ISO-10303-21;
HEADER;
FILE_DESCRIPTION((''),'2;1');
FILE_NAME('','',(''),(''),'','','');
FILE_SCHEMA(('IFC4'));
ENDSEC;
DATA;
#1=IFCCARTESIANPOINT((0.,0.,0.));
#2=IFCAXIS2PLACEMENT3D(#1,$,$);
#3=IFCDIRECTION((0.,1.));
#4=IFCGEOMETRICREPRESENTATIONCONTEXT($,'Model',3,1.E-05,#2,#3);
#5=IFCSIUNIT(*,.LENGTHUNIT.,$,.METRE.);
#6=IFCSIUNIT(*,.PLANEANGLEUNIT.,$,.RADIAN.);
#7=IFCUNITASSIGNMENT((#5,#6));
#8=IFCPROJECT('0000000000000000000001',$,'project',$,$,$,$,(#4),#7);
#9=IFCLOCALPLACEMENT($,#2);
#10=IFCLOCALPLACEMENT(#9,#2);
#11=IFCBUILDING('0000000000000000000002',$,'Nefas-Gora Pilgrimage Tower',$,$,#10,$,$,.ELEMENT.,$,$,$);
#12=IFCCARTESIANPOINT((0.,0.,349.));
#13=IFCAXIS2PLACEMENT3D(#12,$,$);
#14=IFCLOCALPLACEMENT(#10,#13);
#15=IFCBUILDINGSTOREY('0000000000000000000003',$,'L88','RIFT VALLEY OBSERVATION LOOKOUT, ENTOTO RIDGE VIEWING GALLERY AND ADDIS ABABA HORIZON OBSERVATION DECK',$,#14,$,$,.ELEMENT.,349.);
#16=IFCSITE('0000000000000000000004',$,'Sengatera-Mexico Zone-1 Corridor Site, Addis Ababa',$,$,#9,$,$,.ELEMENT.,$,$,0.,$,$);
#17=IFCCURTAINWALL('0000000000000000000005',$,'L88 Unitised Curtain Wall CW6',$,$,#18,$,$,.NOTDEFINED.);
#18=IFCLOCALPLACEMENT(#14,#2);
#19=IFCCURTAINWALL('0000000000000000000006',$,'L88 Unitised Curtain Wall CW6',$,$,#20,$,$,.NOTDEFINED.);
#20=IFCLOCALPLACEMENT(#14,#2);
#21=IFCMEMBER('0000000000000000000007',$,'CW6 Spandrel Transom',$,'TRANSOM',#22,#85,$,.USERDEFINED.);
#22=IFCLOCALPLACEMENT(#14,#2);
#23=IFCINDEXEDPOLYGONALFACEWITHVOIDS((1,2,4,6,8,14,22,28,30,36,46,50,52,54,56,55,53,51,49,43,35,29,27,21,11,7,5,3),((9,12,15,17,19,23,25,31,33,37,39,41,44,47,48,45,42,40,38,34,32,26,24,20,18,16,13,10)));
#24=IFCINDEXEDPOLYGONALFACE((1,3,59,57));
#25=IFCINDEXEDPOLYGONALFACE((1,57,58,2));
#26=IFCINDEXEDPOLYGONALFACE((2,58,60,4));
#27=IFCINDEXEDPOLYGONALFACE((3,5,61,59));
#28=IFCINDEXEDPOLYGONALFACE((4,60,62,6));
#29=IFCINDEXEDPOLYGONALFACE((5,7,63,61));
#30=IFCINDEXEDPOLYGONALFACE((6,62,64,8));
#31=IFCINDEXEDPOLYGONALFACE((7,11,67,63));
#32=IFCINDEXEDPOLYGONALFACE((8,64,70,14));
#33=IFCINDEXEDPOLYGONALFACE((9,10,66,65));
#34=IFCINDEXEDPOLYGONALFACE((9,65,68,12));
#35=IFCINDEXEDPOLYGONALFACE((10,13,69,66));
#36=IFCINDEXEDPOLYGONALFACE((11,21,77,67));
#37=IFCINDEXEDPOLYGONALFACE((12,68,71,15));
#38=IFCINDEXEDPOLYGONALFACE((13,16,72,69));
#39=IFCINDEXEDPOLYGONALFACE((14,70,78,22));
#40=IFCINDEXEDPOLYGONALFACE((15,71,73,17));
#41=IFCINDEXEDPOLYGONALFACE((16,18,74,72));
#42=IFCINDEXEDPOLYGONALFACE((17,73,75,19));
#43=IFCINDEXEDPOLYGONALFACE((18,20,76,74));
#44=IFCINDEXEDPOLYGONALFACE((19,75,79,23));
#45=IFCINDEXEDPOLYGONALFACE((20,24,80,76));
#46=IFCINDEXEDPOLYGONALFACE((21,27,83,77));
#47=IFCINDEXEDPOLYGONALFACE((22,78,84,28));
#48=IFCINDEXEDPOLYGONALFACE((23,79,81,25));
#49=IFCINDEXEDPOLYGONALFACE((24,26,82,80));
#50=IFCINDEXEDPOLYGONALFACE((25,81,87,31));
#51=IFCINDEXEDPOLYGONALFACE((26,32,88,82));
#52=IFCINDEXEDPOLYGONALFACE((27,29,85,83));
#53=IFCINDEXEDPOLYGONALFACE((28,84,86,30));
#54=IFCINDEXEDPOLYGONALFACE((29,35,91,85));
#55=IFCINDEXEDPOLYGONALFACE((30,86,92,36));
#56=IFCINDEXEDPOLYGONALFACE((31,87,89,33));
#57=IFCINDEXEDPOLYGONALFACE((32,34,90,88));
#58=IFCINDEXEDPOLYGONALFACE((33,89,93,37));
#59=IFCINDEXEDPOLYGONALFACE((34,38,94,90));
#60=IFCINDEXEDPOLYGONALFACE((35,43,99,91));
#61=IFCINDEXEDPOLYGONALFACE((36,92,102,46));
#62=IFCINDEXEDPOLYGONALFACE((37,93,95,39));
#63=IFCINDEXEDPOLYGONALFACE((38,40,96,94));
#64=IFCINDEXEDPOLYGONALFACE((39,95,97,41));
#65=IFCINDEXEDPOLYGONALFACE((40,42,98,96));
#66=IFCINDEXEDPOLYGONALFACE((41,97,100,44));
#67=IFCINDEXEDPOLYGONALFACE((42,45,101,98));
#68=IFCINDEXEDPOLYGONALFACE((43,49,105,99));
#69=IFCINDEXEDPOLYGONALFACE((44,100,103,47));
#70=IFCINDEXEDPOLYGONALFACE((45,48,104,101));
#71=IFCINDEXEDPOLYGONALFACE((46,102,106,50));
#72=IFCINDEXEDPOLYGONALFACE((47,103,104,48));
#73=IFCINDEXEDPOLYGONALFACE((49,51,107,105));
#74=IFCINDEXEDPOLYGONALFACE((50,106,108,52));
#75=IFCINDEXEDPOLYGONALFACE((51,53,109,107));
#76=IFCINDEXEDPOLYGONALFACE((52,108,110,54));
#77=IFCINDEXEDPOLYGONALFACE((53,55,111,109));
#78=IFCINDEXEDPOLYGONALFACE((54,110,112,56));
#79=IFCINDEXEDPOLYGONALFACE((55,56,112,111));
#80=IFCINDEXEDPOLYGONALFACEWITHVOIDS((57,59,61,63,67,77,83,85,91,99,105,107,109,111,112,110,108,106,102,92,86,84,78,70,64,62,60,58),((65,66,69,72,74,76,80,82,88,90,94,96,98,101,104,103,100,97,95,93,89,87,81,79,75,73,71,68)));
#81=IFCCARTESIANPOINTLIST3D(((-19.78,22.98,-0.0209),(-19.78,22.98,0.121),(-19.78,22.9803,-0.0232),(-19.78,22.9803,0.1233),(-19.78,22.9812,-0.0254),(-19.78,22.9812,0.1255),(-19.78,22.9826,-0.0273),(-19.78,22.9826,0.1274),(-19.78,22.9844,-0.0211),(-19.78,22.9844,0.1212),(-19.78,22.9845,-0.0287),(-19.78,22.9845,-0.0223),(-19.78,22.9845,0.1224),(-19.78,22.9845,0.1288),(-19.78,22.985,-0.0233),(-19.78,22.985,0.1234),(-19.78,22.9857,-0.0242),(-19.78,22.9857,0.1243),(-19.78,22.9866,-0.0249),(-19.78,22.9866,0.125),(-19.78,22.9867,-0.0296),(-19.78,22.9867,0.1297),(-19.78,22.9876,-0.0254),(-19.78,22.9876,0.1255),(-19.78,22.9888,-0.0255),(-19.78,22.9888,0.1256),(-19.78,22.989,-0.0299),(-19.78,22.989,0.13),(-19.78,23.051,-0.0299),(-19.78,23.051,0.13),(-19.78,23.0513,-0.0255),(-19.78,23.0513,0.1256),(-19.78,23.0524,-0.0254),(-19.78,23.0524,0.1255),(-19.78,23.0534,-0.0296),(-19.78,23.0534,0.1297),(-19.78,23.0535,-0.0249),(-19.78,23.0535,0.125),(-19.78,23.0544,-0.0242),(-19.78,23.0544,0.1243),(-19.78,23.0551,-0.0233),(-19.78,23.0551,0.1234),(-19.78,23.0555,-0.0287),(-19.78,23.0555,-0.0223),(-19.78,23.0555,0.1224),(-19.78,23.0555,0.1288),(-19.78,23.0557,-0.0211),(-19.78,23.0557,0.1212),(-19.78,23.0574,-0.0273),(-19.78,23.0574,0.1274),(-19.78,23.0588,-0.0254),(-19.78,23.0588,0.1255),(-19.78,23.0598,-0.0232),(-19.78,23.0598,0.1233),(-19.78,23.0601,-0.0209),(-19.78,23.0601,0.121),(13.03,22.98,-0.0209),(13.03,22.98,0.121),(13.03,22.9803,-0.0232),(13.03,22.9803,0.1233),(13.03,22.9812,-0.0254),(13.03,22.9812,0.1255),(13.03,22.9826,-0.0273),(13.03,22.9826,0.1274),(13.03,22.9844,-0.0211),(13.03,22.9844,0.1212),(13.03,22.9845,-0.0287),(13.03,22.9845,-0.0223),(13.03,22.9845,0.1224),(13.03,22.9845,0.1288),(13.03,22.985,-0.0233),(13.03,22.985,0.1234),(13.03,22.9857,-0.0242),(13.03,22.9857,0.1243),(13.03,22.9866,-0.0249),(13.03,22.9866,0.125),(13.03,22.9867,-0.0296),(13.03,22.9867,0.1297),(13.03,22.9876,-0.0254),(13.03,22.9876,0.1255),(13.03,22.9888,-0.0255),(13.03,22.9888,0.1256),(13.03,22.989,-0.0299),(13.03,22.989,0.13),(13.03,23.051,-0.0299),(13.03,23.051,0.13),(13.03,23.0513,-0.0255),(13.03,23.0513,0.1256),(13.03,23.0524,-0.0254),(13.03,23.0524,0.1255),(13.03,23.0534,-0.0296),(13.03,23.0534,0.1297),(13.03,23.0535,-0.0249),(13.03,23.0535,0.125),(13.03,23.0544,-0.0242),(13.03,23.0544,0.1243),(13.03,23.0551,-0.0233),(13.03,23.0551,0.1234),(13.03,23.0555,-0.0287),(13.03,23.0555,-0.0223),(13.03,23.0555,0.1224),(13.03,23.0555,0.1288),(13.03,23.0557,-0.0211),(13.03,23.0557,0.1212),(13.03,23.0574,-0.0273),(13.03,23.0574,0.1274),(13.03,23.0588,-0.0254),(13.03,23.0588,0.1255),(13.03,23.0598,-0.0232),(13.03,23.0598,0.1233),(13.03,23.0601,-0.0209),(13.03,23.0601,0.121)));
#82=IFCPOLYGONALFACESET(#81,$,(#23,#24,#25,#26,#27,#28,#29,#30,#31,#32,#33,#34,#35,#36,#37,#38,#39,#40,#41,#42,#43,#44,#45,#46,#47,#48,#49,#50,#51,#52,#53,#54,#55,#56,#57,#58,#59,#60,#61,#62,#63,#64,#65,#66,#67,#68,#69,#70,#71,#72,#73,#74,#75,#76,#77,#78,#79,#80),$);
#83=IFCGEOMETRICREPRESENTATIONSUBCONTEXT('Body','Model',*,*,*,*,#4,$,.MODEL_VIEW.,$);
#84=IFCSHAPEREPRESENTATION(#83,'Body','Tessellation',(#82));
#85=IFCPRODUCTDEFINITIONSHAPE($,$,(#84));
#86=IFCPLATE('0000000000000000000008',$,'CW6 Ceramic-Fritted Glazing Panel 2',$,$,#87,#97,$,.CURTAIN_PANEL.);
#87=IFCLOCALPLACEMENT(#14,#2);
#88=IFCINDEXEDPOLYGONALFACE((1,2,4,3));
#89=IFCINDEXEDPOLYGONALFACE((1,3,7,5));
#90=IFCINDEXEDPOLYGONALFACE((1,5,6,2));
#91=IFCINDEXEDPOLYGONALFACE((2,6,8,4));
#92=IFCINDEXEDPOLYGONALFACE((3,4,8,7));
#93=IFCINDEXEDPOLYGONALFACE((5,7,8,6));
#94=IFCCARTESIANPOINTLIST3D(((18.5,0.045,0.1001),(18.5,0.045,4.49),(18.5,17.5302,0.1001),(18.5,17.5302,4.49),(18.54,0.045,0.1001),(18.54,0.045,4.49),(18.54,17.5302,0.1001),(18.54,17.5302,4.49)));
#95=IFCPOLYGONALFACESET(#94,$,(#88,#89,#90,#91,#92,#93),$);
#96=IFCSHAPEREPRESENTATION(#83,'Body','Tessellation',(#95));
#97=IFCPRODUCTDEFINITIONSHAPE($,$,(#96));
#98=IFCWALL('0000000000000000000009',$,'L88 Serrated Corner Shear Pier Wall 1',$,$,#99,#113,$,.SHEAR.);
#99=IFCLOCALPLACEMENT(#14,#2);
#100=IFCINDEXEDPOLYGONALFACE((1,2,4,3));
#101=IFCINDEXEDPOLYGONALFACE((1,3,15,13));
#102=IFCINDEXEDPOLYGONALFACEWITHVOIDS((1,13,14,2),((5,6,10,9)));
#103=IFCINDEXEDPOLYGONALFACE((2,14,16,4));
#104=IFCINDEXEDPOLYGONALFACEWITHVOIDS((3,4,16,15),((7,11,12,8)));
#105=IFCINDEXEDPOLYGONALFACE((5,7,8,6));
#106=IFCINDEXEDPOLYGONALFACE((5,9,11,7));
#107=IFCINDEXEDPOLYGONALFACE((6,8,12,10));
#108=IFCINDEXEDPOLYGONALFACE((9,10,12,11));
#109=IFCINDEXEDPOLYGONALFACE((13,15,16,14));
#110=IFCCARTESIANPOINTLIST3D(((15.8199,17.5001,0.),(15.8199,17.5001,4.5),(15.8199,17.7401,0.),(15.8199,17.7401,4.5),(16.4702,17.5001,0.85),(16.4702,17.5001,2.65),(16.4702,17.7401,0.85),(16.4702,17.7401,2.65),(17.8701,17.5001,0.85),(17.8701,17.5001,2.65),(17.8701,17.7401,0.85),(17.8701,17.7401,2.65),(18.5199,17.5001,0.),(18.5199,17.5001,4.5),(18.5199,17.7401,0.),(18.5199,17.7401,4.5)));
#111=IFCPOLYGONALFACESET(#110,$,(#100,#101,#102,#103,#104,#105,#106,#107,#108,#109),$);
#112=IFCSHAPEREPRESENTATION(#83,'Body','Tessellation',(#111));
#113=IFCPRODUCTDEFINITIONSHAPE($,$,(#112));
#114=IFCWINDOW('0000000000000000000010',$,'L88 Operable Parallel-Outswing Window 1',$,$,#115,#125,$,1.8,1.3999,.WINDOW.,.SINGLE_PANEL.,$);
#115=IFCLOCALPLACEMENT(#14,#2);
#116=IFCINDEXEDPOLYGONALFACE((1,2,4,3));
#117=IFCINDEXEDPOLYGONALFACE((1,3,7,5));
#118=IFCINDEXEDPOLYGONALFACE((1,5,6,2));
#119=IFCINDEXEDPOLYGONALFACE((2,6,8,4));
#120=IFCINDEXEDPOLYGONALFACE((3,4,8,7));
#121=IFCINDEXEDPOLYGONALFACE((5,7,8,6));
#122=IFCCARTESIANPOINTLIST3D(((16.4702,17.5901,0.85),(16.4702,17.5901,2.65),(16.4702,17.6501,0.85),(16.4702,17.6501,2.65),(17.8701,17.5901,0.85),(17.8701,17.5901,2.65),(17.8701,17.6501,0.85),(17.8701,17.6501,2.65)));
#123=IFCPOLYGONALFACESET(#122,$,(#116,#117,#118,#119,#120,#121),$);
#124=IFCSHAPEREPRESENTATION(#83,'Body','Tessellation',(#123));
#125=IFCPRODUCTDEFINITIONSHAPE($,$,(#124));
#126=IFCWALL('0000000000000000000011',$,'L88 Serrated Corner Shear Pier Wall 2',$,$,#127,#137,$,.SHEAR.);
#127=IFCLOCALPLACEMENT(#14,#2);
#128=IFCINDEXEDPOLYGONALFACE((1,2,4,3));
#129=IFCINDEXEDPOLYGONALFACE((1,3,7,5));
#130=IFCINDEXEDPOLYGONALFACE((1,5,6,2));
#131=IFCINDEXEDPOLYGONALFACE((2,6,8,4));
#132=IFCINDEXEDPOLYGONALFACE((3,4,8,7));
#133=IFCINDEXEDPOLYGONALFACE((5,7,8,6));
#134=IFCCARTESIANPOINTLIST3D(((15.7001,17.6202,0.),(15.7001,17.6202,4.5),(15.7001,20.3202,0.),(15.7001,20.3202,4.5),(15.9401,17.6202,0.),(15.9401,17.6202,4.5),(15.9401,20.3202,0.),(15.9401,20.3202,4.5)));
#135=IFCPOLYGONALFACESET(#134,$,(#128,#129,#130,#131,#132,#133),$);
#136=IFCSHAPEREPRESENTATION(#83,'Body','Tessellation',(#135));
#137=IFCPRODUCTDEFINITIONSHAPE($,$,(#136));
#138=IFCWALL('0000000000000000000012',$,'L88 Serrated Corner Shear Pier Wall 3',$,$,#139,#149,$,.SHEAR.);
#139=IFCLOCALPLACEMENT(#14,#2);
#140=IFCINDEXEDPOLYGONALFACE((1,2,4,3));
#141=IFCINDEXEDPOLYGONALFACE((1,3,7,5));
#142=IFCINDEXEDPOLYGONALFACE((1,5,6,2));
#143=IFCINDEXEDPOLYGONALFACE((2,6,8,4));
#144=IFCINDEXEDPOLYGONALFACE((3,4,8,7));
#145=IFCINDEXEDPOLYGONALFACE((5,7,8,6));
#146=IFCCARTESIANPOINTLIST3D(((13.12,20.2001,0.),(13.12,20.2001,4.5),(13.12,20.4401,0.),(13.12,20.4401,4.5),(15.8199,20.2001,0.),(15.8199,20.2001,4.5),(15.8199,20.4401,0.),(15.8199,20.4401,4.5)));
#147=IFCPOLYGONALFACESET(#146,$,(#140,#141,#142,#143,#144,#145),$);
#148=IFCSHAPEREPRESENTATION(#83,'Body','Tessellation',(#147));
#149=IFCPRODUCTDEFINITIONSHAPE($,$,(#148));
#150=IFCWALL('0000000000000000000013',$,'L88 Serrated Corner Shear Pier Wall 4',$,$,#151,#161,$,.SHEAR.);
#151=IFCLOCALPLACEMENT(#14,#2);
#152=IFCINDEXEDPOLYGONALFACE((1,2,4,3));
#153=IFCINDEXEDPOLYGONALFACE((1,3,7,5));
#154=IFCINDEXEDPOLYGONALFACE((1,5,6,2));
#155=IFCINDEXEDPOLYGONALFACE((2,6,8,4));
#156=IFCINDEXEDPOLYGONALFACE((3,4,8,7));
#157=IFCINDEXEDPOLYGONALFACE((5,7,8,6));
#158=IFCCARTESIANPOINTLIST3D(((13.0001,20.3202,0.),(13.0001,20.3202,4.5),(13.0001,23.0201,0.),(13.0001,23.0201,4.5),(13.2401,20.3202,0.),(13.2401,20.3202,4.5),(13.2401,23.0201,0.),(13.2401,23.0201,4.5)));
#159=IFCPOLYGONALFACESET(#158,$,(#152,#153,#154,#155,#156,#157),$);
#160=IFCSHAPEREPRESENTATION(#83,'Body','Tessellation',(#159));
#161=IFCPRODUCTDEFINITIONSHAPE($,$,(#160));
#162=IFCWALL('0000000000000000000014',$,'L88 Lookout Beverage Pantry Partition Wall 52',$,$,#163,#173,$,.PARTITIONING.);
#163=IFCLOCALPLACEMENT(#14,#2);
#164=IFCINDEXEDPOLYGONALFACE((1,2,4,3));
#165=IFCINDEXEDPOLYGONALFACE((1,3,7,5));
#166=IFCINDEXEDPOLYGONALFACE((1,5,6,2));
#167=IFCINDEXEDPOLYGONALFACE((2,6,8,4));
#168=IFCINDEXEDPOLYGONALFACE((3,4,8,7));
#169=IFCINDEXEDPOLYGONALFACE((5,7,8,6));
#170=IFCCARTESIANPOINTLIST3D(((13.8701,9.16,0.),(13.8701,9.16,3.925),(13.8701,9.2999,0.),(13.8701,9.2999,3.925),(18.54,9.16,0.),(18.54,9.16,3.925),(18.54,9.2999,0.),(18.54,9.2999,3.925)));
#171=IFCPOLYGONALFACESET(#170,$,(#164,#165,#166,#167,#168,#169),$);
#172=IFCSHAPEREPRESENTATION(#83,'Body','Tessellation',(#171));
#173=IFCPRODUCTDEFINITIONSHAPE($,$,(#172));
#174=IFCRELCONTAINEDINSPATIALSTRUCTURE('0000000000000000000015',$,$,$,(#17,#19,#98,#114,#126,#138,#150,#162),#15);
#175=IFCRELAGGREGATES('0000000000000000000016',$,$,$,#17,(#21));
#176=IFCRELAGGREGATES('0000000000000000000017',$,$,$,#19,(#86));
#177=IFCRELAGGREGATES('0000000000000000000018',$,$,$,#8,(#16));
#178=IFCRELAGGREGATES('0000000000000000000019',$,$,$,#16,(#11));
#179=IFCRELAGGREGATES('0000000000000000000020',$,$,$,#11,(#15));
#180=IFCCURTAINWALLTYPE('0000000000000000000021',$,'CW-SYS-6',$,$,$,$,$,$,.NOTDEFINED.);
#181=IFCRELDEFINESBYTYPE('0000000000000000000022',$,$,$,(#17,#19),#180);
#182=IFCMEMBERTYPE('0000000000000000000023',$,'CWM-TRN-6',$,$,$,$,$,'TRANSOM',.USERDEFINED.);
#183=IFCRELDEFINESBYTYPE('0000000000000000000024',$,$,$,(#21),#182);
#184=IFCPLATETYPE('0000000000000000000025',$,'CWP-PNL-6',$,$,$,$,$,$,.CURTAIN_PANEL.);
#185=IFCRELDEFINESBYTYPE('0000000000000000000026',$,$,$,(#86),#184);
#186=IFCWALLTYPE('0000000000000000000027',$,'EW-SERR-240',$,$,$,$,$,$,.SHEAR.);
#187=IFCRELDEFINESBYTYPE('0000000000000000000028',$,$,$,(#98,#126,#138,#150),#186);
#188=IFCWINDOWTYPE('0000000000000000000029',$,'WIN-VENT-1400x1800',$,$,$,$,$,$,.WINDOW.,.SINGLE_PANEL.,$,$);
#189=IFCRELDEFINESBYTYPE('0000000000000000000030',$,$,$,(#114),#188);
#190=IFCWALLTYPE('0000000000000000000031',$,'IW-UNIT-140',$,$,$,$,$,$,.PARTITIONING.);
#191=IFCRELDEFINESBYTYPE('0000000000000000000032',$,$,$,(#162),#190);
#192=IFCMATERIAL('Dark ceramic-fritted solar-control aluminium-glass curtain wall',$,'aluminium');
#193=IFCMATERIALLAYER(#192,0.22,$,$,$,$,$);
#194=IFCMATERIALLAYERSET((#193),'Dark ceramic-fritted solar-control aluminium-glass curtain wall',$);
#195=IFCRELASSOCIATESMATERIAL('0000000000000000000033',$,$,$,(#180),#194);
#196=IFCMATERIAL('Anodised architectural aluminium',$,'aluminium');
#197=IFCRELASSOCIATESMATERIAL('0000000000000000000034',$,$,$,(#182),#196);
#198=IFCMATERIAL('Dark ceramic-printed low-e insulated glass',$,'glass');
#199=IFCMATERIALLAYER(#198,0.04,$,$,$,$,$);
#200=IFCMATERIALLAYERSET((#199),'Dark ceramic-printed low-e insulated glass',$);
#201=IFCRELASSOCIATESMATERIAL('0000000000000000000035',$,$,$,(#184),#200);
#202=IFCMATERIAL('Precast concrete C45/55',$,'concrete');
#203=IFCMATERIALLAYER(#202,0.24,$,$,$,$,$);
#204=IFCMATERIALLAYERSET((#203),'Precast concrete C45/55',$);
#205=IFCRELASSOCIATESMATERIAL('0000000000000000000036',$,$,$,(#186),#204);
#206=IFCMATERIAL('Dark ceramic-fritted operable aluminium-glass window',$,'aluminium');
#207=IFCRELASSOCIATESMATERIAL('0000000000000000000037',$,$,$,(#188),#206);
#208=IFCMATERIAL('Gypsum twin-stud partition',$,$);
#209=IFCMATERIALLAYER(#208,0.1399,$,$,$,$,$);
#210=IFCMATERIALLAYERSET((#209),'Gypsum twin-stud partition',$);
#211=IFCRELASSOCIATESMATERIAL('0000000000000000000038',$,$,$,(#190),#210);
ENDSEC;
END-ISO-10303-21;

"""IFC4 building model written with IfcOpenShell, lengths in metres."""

from ifc_helpers import new_model, si_unit, direction, frame, frame_2d, origin, origin_2d, place, context, subcontext, project, spatial, rectangle, hollow_rectangle, extrude, source, transform, mapped, material, layer, layer_set, material_profile, profile_set, type_object, element, fill, aggregate, save


model = new_model("IFC4")

# Units and contexts
model_context = context("Model", 3, precision=1e-05, world=origin(), true_north=direction((0.0, 1.0)))
body_context = subcontext(model_context, "Body", "Model", "MODEL_VIEW")
ifc_project = project(units=[si_unit("LENGTHUNIT", "METRE"), si_unit("PLANEANGLEUNIT", "RADIAN")], contexts=[model_context])

# Site, building, storey
site_placement = place(None, origin())
site = spatial("IfcSite", under=ifc_project, at=site_placement, Name="Sengatera-Mexico Zone-1 Corridor Site, Addis Ababa", CompositionType="ELEMENT", RefElevation=0.0)
building_placement = place(site_placement, origin())
building = spatial("IfcBuilding", under=site, at=building_placement, Name="Nefas-Gora Pilgrimage Tower", CompositionType="ELEMENT")
storey_placement = place(building_placement, frame((0.0, 0.0, 349.0)))
storey = spatial("IfcBuildingStorey", under=building, at=storey_placement, Name="L88", Description="RIFT VALLEY OBSERVATION LOOKOUT, ENTOTO RIDGE VIEWING GALLERY AND ADDIS ABABA HORIZON OBSERVATION DECK", CompositionType="ELEMENT", Elevation=349.0)

# Curtain walls
ifc_material_1 = material(Name="Dark ceramic-fritted solar-control aluminium-glass curtain wall", Category="aluminium")
ifc_layer_1 = layer(ifc_material_1, 0.22)
ifc_layer_set_1 = layer_set([ifc_layer_1], Name="Dark ceramic-fritted solar-control aluminium-glass curtain wall")
curtain_wall_type = type_object("IfcCurtainWallType", Name="CW-SYS-6", PredefinedType="NOTDEFINED", material=ifc_layer_set_1)
curtain_wall_1_placement = place(storey_placement, origin())
curtain_wall_1 = element("IfcCurtainWall", 1, at=curtain_wall_1_placement, inside=storey, type_object=curtain_wall_type, Name="L88 Unitised Curtain Wall CW6", PredefinedType="NOTDEFINED")
ifc_material_2 = material(Name="Anodised architectural aluminium", Category="aluminium")
curtain_wall_2_placement = place(storey_placement, origin())
curtain_wall_2 = element("IfcCurtainWall", 2, at=curtain_wall_2_placement, inside=storey, type_object=curtain_wall_type, Name="L88 Unitised Curtain Wall CW6", PredefinedType="NOTDEFINED")

# Member
ifc_material_profile_1 = material_profile(ifc_material_2, hollow_rectangle(XDim=0.0801, YDim=0.1599, WallThickness=0.0044, InnerFilletRadius=0.0044, OuterFilletRadius=0.009, at=origin_2d()), Name="ALU TRANSOM 80x160")
ifc_profile_set_1 = profile_set([ifc_material_profile_1], Name="Anodised architectural aluminium")
member_type_1 = type_object("IfcMemberType", Name="CWM-TRN-6", ElementType="TRANSOM", PredefinedType="USERDEFINED", material=ifc_profile_set_1)
shared_shape_1 = source(origin(), body_context, "Body", "SweptSolid", [
    extrude(hollow_rectangle(XDim=0.0801, YDim=0.1599, WallThickness=0.0044, InnerFilletRadius=0.0044, OuterFilletRadius=0.009, at=origin_2d()), origin(), (0.0, 0.0, 1.0), 32.8101),
])
member_1_placement = place(storey_placement, frame((13.03, 23.02, 0.05), z_axis=(-1.0, 0.0, 0.0), x_axis=(0.0, -1.0, 0.0)))
member_1 = element("IfcMember", 3, at=member_1_placement, type_object=member_type_1, Name="CW6 Spandrel Transom", ObjectType="TRANSOM", PredefinedType="USERDEFINED", context=body_context, shape_type="MappedRepresentation", body=[
    mapped(shared_shape_1, transform((0.0, 0.0, 0.0), x_axis=(1.0, 0.0, 0.0), y_axis=(0.0, 1.0, 0.0), z_axis=(0.0, 0.0, 1.0), scale=1.0)),
])
aggregate(curtain_wall_1, [member_1])

# Plate
ifc_material_3 = material(Name="Dark ceramic-printed low-e insulated glass", Category="glass")
ifc_layer_2 = layer(ifc_material_3, 0.04)
ifc_layer_set_2 = layer_set([ifc_layer_2], Name="Dark ceramic-printed low-e insulated glass")
plate_type = type_object("IfcPlateType", Name="CWP-PNL-6", PredefinedType="CURTAIN_PANEL", material=ifc_layer_set_2)
shared_shape_2 = source(origin(), body_context, "Body", "SweptSolid", [
    extrude(rectangle(XDim=17.4851, YDim=0.04, at=origin_2d()), origin(), (0.0, 0.0, 1.0), 4.3899),
])
plate_placement = place(storey_placement, frame((18.52, 8.7876, 0.1001), z_axis=(0.0, 0.0, 1.0), x_axis=(0.0, 1.0, 0.0)))
plate = element("IfcPlate", 4, at=plate_placement, type_object=plate_type, Name="CW6 Ceramic-Fritted Glazing Panel 2", PredefinedType="CURTAIN_PANEL", context=body_context, shape_type="MappedRepresentation", body=[
    mapped(shared_shape_2, transform((0.0, 0.0, 0.0), x_axis=(1.0, 0.0, 0.0), y_axis=(0.0, 1.0, 0.0), z_axis=(0.0, 0.0, 1.0), scale=1.0)),
])
aggregate(curtain_wall_2, [plate])

# Wall, opening, window
ifc_material_4 = material(Name="Precast concrete C45/55", Category="concrete")
ifc_layer_3 = layer(ifc_material_4, 0.24)
ifc_layer_set_3 = layer_set([ifc_layer_3], Name="Precast concrete C45/55")
wall_type_1 = type_object("IfcWallType", Name="EW-SERR-240", PredefinedType="SHEAR", material=ifc_layer_set_3)
shared_shape_3 = source(origin(), body_context, "Body", "SweptSolid", [
    extrude(rectangle(XDim=2.7, YDim=0.24, at=frame_2d((1.3501, 0.0))), origin(), (0.0, 0.0, 1.0), 4.5),
])
wall_1_placement = place(storey_placement, frame((18.52, 17.6201, 0.0), z_axis=(0.0, 0.0, 1.0), x_axis=(-1.0, 0.0, 0.0)))
wall_1 = element("IfcWall", 5, at=wall_1_placement, inside=storey, type_object=wall_type_1, Name="L88 Serrated Corner Shear Pier Wall 1", PredefinedType="SHEAR", context=body_context, shape_type="MappedRepresentation", body=[
    mapped(shared_shape_3, transform((0.0, 0.0, 0.0), x_axis=(1.0, 0.0, 0.0), y_axis=(0.0, 1.0, 0.0), z_axis=(0.0, 0.0, 1.0), scale=1.0)),
])
opening_placement = place(wall_1_placement, frame((0.6499, 0.0, 0.8501)))
opening = element("IfcOpeningElement", 6, at=opening_placement, cuts=wall_1, PredefinedType="OPENING", context=body_context, shape_type="SweptSolid", body=[
    extrude(rectangle(XDim=1.3999, YDim=1.8, at=frame_2d((0.7, 0.8999))), frame((0.0, 0.1299, 0.0), z_axis=(0.0, -1.0, 0.0), x_axis=(1.0, 0.0, 0.0)), (0.0, 0.0, 1.0), 0.26),
])
ifc_material_5 = material(Name="Dark ceramic-fritted operable aluminium-glass window", Category="aluminium")
window_type = type_object("IfcWindowType", Name="WIN-VENT-1400x1800", PartitioningType="SINGLE_PANEL", PredefinedType="WINDOW", material=ifc_material_5)
shared_shape_4 = source(origin(), body_context, "Body", "SweptSolid", [
    extrude(rectangle(XDim=1.3999, YDim=1.8, at=frame_2d((0.7, 0.8999))), frame((0.0, 0.03, 0.0), z_axis=(0.0, -1.0, 0.0), x_axis=(1.0, 0.0, 0.0)), (0.0, 0.0, 1.0), 0.0601),
])
window_placement = place(opening_placement, origin())
window = element("IfcWindow", 7, at=window_placement, inside=storey, type_object=window_type, Name="L88 Operable Parallel-Outswing Window 1", OverallHeight=1.8, OverallWidth=1.3999, PartitioningType="SINGLE_PANEL", PredefinedType="WINDOW", context=body_context, shape_type="MappedRepresentation", body=[
    mapped(shared_shape_4, transform((0.0, 0.0, 0.0), x_axis=(1.0, 0.0, 0.0), y_axis=(0.0, 1.0, 0.0), z_axis=(0.0, 0.0, 1.0), scale=1.0)),
])
fill(opening, window)

# Walls
for number, where, z_axis, x_axis, name in (
    (8, (15.8201, 17.6201, 0.0), (0.0, 0.0, 1.0), (0.0, 1.0, 0.0), "L88 Serrated Corner Shear Pier Wall 2"),
    (9, (15.8201, 20.3201, 0.0), (0.0, 0.0, 1.0), (-1.0, 0.0, 0.0), "L88 Serrated Corner Shear Pier Wall 3"),
    (10, (13.1201, 20.3201, 0.0), (0.0, 0.0, 1.0), (0.0, 1.0, 0.0), "L88 Serrated Corner Shear Pier Wall 4"),
):
    element("IfcWall", number, at=place(storey_placement, frame(where, z_axis=z_axis, x_axis=x_axis)), inside=storey, type_object=wall_type_1, Name=name, PredefinedType="SHEAR", context=body_context, shape_type="MappedRepresentation", body=[
        mapped(shared_shape_3, transform((0.0, 0.0, 0.0), x_axis=(1.0, 0.0, 0.0), y_axis=(0.0, 1.0, 0.0), z_axis=(0.0, 0.0, 1.0), scale=1.0)),
    ])
ifc_material_6 = material(Name="Gypsum twin-stud partition")
ifc_layer_4 = layer(ifc_material_6, 0.1399)
ifc_layer_set_4 = layer_set([ifc_layer_4], Name="Gypsum twin-stud partition")
wall_type_2 = type_object("IfcWallType", Name="IW-UNIT-140", PredefinedType="PARTITIONING", material=ifc_layer_set_4)
shared_shape_5 = source(origin(), body_context, "Body", "SweptSolid", [
    extrude(rectangle(XDim=4.6699, YDim=0.1399, at=frame_2d((2.335, 0.0))), origin(), (0.0, 0.0, 1.0), 3.925),
])
wall_2_placement = place(storey_placement, frame((13.8701, 9.23, 0.0), z_axis=(0.0, 0.0, 1.0), x_axis=(1.0, 0.0, 0.0)))
element("IfcWall", 11, at=wall_2_placement, inside=storey, type_object=wall_type_2, Name="L88 Lookout Beverage Pantry Partition Wall 52", PredefinedType="PARTITIONING", context=body_context, shape_type="MappedRepresentation", body=[
    mapped(shared_shape_5, transform((0.0, 0.0, 0.0), x_axis=(1.0, 0.0, 0.0), y_axis=(0.0, 1.0, 0.0), z_axis=(0.0, 0.0, 1.0), scale=1.0)),
])

save(model, "model.ifc")
